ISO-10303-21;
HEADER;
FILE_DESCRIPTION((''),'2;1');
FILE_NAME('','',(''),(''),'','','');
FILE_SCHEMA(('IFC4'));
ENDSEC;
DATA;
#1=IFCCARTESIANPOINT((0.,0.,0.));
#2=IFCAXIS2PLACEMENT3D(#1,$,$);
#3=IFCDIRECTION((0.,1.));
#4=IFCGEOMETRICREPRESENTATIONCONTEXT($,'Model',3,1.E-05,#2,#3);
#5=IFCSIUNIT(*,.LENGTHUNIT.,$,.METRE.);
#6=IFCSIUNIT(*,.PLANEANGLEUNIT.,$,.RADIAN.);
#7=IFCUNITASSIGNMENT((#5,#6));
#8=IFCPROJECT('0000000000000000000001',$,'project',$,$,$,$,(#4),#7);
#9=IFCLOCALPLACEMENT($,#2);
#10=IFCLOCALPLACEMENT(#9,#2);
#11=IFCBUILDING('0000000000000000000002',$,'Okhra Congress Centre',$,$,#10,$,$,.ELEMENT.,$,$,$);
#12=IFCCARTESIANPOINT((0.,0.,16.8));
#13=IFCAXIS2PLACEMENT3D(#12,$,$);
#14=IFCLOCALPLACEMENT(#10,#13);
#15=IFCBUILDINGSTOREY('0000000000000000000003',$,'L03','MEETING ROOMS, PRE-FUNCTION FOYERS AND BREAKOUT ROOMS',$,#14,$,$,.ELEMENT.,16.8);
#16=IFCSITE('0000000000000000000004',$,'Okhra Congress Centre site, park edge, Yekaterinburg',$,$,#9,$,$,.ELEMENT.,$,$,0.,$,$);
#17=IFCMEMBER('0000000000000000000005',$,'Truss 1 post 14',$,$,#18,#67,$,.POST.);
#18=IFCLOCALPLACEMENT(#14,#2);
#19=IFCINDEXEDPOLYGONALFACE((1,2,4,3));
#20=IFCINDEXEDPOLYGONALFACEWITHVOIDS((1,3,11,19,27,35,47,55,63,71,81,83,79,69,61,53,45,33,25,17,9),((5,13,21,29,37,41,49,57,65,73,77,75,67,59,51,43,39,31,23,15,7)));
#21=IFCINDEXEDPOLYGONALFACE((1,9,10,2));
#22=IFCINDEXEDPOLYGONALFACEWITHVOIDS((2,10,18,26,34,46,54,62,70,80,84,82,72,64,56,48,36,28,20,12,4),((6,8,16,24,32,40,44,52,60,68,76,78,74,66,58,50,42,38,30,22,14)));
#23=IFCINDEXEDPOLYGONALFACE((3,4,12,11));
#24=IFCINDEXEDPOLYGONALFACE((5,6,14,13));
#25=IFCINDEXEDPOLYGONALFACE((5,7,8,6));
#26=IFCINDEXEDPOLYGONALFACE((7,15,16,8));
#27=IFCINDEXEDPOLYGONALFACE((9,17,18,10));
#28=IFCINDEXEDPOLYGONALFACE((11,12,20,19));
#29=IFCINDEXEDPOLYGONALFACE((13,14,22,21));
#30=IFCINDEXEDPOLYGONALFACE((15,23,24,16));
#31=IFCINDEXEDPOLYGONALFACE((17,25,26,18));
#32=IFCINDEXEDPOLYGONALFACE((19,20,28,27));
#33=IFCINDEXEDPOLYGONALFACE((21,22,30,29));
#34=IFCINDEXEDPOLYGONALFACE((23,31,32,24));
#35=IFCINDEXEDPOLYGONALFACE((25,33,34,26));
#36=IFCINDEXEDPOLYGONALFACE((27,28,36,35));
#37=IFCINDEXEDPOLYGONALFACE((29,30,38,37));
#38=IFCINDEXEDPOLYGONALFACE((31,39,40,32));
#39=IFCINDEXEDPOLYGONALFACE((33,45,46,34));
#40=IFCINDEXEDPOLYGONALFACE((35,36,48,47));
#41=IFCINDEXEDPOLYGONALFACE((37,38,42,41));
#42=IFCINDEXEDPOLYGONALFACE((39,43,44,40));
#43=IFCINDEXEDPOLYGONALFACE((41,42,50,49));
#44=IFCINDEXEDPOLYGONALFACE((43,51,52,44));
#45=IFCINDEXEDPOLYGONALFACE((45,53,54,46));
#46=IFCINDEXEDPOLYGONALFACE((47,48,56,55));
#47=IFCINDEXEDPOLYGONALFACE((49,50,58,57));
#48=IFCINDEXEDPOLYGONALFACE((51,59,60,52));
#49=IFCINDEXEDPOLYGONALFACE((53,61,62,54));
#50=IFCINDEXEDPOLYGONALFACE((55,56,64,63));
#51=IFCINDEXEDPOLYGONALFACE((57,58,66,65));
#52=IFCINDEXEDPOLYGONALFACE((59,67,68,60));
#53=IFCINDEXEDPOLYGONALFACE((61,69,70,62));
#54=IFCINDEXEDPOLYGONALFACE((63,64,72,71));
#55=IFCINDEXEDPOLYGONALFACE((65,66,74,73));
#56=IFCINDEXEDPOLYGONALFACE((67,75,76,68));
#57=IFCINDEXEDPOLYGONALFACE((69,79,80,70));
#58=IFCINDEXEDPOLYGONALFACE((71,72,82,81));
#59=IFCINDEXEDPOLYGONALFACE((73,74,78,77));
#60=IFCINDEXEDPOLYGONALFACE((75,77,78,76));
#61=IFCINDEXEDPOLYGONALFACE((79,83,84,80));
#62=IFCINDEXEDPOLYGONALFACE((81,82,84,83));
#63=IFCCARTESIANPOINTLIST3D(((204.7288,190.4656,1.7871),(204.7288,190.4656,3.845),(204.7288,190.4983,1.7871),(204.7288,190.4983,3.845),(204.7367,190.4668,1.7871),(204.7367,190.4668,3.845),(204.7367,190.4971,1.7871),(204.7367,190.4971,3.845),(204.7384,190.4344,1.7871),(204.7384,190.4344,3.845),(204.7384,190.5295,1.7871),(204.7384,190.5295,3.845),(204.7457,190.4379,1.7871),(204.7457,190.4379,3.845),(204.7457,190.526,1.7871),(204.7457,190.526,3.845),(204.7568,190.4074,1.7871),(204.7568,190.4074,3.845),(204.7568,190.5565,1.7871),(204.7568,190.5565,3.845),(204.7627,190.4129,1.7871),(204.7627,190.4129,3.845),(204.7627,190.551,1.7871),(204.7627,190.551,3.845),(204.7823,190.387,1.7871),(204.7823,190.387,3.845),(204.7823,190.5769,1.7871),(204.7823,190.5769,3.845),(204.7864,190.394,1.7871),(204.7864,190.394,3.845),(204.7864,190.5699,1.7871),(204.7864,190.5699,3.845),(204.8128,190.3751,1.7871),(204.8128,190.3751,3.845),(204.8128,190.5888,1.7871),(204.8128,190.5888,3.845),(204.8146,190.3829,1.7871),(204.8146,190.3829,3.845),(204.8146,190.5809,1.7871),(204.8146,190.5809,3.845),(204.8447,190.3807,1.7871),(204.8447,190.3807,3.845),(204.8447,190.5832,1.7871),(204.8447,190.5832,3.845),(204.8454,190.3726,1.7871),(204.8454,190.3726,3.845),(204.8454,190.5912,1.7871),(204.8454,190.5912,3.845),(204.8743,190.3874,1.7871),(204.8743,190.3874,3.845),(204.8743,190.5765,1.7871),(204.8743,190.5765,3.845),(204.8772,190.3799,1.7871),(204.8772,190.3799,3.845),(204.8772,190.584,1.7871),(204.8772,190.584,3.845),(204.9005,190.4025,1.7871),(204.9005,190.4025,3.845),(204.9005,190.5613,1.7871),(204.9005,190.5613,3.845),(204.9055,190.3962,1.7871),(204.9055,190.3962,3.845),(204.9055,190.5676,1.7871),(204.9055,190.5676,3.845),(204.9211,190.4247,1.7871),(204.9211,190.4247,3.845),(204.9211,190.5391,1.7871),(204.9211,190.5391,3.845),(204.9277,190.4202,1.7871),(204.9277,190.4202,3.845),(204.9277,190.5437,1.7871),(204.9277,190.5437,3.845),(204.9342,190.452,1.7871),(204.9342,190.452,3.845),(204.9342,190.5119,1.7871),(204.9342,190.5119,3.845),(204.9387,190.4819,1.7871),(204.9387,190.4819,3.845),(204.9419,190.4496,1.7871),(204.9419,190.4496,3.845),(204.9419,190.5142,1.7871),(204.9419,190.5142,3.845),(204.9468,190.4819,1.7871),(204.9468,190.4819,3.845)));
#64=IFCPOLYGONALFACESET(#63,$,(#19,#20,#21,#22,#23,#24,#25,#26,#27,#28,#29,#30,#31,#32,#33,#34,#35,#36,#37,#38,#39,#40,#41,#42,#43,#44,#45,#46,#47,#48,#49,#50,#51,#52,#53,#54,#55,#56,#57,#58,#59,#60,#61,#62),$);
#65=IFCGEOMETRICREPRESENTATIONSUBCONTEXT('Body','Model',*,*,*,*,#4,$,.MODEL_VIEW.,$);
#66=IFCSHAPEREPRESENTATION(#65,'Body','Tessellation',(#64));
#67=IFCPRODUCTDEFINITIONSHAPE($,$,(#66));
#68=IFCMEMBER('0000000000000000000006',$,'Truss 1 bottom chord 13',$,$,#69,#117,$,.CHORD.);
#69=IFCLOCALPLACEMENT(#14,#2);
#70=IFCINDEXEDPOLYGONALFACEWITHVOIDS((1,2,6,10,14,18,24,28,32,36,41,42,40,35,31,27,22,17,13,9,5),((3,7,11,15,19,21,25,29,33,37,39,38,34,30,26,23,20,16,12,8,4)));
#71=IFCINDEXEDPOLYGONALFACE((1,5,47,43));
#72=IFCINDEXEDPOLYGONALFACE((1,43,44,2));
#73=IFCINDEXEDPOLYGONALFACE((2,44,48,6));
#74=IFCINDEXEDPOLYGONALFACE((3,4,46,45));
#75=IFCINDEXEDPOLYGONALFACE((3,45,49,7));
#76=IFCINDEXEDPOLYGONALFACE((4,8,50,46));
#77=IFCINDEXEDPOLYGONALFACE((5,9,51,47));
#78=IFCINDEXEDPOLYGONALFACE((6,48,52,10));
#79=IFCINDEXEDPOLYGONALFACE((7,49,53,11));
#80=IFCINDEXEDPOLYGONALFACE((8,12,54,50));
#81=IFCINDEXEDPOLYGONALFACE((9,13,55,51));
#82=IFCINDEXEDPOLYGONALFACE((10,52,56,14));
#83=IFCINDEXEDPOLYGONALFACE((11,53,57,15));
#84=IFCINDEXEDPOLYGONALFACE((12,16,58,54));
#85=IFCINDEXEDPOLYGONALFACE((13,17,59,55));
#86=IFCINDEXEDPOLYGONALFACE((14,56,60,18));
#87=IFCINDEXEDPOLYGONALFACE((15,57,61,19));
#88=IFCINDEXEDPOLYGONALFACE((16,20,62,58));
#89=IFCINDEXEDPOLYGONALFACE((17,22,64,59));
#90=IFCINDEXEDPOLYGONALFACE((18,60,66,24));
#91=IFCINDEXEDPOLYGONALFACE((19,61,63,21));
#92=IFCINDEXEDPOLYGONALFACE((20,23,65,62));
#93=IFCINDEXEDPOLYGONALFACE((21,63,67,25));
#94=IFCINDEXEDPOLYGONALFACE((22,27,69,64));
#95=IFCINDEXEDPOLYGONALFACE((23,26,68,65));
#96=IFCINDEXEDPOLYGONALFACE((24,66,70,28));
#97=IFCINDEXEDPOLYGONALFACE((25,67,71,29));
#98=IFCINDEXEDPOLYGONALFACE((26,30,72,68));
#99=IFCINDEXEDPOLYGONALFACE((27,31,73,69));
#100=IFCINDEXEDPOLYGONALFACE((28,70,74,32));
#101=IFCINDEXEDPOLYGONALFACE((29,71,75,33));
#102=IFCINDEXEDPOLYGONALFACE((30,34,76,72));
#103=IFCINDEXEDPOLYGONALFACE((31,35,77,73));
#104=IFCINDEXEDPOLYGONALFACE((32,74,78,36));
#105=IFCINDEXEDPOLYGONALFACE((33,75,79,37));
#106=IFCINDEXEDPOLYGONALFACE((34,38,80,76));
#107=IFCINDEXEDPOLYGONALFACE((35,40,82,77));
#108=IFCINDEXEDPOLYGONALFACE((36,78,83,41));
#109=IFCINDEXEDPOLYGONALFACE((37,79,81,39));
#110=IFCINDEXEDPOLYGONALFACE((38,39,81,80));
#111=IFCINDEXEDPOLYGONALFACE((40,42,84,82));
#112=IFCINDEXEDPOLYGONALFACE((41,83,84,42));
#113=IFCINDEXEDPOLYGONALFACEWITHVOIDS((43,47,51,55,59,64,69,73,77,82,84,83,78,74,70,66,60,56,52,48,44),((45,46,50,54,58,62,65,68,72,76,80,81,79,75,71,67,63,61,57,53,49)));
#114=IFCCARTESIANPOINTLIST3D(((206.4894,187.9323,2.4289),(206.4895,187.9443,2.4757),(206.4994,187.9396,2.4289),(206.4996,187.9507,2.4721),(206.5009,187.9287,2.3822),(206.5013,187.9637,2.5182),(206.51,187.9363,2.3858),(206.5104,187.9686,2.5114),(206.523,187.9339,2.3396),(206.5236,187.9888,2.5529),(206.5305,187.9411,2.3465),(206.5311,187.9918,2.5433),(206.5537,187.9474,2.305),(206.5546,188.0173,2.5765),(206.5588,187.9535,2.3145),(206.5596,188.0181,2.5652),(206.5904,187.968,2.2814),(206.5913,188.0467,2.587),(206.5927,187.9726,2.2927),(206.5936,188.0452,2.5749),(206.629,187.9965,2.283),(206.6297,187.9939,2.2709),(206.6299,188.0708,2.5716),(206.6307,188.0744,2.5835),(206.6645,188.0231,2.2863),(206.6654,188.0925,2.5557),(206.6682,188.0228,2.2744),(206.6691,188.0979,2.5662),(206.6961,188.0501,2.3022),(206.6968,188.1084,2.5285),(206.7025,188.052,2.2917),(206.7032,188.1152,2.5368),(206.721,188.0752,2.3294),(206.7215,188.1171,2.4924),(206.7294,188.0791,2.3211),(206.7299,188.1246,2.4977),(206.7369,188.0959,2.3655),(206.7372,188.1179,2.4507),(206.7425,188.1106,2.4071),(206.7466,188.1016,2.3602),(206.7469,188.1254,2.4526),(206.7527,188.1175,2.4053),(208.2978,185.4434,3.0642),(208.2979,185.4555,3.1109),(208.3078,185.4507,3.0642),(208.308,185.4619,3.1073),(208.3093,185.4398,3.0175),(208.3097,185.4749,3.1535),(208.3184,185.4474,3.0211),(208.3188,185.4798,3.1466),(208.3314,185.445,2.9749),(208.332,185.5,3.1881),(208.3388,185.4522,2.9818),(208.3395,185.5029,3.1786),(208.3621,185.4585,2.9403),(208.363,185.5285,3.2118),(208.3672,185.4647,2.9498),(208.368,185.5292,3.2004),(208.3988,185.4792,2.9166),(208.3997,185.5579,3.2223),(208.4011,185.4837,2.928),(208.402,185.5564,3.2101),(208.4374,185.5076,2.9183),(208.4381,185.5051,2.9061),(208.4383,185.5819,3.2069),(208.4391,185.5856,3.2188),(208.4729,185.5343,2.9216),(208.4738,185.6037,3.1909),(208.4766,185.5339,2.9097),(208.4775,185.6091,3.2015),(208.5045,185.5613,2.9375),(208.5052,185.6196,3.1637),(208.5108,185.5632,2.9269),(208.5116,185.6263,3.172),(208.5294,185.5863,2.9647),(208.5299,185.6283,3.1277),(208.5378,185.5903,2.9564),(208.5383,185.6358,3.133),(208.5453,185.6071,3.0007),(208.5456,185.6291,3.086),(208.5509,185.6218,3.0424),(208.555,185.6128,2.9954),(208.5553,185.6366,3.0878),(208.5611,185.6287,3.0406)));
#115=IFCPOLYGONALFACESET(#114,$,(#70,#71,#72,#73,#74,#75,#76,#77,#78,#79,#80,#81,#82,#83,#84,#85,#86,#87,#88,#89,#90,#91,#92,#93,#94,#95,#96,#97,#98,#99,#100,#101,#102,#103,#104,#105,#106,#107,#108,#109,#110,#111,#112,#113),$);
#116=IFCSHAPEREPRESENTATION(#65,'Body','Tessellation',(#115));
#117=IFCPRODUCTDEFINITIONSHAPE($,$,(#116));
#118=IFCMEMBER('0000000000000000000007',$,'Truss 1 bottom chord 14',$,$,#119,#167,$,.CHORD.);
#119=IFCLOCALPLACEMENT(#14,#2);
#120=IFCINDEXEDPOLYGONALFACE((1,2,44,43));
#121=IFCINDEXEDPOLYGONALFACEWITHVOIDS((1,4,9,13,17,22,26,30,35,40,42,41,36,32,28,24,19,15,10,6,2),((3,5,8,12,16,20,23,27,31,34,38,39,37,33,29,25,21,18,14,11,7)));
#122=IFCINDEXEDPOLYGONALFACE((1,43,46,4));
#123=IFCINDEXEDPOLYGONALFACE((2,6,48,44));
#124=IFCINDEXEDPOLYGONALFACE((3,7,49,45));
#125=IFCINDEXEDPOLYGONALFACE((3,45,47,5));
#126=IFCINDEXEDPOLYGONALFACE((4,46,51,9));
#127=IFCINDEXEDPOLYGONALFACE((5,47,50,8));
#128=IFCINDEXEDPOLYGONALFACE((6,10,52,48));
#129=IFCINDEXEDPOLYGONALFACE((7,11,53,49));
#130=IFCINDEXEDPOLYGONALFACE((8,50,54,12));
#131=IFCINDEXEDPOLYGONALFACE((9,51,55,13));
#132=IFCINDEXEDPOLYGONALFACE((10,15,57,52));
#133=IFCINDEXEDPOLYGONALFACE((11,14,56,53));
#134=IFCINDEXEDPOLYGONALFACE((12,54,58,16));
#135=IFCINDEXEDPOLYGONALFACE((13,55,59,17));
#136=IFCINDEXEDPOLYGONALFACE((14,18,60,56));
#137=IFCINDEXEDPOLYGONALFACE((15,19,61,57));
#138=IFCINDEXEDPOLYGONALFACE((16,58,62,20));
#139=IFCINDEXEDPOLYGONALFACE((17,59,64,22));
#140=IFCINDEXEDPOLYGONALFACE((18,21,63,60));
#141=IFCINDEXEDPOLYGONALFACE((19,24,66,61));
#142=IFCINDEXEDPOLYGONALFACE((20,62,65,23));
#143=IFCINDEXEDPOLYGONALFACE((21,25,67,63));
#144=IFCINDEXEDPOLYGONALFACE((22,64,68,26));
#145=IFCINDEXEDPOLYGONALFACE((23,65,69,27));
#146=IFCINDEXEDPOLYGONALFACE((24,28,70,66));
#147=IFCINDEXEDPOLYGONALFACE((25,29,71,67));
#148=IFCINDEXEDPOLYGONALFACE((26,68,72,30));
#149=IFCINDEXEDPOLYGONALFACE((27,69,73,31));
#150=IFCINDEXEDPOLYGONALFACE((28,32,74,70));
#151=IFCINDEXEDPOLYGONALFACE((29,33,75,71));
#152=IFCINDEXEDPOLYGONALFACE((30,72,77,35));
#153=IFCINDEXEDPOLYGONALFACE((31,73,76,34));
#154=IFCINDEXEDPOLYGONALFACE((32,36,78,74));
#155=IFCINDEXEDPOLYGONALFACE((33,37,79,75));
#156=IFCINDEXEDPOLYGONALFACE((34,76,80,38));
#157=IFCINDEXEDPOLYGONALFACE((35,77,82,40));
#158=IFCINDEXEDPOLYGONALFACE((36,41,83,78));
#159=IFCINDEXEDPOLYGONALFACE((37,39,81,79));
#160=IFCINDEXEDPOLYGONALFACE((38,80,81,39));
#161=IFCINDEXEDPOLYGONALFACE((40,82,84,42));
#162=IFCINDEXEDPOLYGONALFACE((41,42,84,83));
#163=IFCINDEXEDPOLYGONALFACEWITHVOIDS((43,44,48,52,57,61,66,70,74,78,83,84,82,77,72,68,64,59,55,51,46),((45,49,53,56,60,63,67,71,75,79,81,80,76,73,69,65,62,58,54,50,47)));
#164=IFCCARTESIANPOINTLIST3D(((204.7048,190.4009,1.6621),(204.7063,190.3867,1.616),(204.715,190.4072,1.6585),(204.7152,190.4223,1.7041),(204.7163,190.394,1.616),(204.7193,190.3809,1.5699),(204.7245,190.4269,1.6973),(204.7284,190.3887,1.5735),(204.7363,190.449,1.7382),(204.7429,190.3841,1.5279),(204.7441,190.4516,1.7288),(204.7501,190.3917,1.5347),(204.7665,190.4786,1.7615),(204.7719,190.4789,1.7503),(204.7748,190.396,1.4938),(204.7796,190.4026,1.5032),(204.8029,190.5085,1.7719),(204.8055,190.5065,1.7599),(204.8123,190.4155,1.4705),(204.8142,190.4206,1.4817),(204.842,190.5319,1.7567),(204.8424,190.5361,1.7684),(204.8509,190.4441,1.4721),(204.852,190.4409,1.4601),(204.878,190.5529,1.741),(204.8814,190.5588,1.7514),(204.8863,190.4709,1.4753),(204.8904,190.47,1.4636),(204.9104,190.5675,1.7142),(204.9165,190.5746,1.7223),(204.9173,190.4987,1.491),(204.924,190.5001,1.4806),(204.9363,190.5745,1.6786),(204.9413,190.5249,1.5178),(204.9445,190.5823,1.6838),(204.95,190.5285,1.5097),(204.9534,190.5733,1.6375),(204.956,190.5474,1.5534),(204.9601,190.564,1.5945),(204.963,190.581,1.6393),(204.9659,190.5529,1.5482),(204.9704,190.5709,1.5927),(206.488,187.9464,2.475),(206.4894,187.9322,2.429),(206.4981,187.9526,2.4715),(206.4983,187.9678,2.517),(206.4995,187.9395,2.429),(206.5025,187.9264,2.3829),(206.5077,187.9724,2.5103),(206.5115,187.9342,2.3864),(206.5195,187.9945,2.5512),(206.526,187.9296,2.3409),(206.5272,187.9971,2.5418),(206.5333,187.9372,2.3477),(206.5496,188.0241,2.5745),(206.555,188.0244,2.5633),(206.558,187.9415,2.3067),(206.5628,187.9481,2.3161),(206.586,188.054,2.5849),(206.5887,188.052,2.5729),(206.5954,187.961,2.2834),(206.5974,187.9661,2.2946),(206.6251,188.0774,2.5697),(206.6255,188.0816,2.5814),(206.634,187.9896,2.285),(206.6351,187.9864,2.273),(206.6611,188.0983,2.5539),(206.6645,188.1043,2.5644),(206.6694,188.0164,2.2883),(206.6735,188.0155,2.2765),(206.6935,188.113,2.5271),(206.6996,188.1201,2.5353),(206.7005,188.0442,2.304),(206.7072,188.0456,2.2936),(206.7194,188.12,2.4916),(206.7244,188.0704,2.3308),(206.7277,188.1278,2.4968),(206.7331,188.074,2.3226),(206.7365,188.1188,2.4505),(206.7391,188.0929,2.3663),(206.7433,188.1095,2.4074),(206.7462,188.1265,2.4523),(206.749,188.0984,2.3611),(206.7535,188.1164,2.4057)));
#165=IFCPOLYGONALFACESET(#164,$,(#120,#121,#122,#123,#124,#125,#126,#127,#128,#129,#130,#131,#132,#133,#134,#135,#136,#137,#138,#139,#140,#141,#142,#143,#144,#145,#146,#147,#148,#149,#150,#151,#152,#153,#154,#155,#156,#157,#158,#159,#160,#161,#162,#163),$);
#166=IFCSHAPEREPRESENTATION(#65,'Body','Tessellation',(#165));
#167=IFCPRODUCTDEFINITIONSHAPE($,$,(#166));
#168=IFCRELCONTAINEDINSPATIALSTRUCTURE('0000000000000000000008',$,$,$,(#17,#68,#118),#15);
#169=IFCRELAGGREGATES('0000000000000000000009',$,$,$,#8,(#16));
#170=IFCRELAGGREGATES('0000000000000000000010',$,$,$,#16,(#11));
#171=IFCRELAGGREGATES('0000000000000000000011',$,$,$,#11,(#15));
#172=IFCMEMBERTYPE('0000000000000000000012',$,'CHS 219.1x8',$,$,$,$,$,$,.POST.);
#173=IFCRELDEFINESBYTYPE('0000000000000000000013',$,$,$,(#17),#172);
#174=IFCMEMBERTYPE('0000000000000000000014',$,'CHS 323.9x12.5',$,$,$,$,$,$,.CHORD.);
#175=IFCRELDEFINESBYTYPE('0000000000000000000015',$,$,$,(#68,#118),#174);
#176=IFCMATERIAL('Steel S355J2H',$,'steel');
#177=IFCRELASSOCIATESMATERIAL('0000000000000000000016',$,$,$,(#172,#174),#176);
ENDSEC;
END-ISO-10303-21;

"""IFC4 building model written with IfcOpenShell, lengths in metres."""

from ifc_helpers import new_model, si_unit, direction, frame, origin, origin_2d, place, context, subcontext, project, spatial, hollow_circle, extrude, material, material_profile, profile_set, type_object, element, save


model = new_model("IFC4")

# Units and contexts
model_context = context("Model", 3, precision=1e-05, world=origin(), true_north=direction((0.0, 1.0)))
body_context = subcontext(model_context, "Body", "Model", "MODEL_VIEW")
ifc_project = project(units=[si_unit("LENGTHUNIT", "METRE"), si_unit("PLANEANGLEUNIT", "RADIAN")], contexts=[model_context])

# Site, building, storey
site_placement = place(None, origin())
site = spatial("IfcSite", under=ifc_project, at=site_placement, Name="Okhra Congress Centre site, park edge, Yekaterinburg", CompositionType="ELEMENT", RefElevation=0.0)
building_placement = place(site_placement, origin())
building = spatial("IfcBuilding", under=site, at=building_placement, Name="Okhra Congress Centre", CompositionType="ELEMENT")
storey_placement = place(building_placement, frame((0.0, 0.0, 16.8)))
storey = spatial("IfcBuildingStorey", under=building, at=storey_placement, Name="L03", Description="MEETING ROOMS, PRE-FUNCTION FOYERS AND BREAKOUT ROOMS", CompositionType="ELEMENT", Elevation=16.8)

# Members
ifc_material_1 = material(Name="Steel S355J2H", Category="steel")
ifc_material_profile_1 = material_profile(ifc_material_1, hollow_circle(Radius=0.1096, WallThickness=0.0081, at=origin_2d()), Name="CHS 219.1x8")
ifc_profile_set_1 = profile_set([ifc_material_profile_1], Name="Steel S355J2H")
member_type_1 = type_object("IfcMemberType", Name="CHS 219.1x8", PredefinedType="POST", material=ifc_profile_set_1)
member_1_placement = place(storey_placement, frame((204.8372, 190.4819, 1.7871), z_axis=(0.0, 0.0, 1.0), x_axis=(1.0, 0.0, 0.0)))
element("IfcMember", 1, at=member_1_placement, inside=storey, type_object=member_type_1, Name="Truss 1 post 14", PredefinedType="POST", context=body_context, shape_type="SweptSolid", body=[
    extrude(hollow_circle(Radius=0.1096, WallThickness=0.0081, at=origin_2d()), origin(), (0.0, 0.0, 1.0), 2.0579),
])
ifc_material_profile_2 = material_profile(ifc_material_1, hollow_circle(Radius=0.1619, WallThickness=0.0125, at=origin_2d()), Name="CHS 323.9x12.5")
ifc_profile_set_2 = profile_set([ifc_material_profile_2], Name="Steel S355J2H")
member_type_2 = type_object("IfcMemberType", Name="CHS 323.9x12.5", PredefinedType="CHORD", material=ifc_profile_set_2)
member_2_placement = place(storey_placement, frame((208.4287, 185.5386, 3.0642), z_axis=(-0.575673, 0.792278, -0.202228), x_axis=(-0.808993, -0.587818, 0.0)))
element("IfcMember", 2, at=member_2_placement, inside=storey, type_object=member_type_2, Name="Truss 1 bottom chord 13", PredefinedType="CHORD", context=body_context, shape_type="SweptSolid", body=[
    extrude(hollow_circle(Radius=0.1619, WallThickness=0.0125, at=origin_2d()), origin(), (0.0, 0.0, 1.0), 3.1414),
])
for number, where, z_axis, x_axis, name in (
    (3, (206.6204, 188.0273, 2.429), (-0.567721, 0.781472, -0.258832), (-0.809042, -0.587751, 0.0), "Truss 1 bottom chord 14"),
):
    element("IfcMember", number, at=place(storey_placement, frame(where, z_axis=z_axis, x_axis=x_axis)), inside=storey, type_object=member_type_2, Name=name, PredefinedType="CHORD", context=body_context, shape_type="SweptSolid", body=[
        extrude(hollow_circle(Radius=0.1619, WallThickness=0.0125, at=origin_2d()), origin(), (0.0, 0.0, 1.0), 3.1409),
    ])

save(model, "model.ifc")
